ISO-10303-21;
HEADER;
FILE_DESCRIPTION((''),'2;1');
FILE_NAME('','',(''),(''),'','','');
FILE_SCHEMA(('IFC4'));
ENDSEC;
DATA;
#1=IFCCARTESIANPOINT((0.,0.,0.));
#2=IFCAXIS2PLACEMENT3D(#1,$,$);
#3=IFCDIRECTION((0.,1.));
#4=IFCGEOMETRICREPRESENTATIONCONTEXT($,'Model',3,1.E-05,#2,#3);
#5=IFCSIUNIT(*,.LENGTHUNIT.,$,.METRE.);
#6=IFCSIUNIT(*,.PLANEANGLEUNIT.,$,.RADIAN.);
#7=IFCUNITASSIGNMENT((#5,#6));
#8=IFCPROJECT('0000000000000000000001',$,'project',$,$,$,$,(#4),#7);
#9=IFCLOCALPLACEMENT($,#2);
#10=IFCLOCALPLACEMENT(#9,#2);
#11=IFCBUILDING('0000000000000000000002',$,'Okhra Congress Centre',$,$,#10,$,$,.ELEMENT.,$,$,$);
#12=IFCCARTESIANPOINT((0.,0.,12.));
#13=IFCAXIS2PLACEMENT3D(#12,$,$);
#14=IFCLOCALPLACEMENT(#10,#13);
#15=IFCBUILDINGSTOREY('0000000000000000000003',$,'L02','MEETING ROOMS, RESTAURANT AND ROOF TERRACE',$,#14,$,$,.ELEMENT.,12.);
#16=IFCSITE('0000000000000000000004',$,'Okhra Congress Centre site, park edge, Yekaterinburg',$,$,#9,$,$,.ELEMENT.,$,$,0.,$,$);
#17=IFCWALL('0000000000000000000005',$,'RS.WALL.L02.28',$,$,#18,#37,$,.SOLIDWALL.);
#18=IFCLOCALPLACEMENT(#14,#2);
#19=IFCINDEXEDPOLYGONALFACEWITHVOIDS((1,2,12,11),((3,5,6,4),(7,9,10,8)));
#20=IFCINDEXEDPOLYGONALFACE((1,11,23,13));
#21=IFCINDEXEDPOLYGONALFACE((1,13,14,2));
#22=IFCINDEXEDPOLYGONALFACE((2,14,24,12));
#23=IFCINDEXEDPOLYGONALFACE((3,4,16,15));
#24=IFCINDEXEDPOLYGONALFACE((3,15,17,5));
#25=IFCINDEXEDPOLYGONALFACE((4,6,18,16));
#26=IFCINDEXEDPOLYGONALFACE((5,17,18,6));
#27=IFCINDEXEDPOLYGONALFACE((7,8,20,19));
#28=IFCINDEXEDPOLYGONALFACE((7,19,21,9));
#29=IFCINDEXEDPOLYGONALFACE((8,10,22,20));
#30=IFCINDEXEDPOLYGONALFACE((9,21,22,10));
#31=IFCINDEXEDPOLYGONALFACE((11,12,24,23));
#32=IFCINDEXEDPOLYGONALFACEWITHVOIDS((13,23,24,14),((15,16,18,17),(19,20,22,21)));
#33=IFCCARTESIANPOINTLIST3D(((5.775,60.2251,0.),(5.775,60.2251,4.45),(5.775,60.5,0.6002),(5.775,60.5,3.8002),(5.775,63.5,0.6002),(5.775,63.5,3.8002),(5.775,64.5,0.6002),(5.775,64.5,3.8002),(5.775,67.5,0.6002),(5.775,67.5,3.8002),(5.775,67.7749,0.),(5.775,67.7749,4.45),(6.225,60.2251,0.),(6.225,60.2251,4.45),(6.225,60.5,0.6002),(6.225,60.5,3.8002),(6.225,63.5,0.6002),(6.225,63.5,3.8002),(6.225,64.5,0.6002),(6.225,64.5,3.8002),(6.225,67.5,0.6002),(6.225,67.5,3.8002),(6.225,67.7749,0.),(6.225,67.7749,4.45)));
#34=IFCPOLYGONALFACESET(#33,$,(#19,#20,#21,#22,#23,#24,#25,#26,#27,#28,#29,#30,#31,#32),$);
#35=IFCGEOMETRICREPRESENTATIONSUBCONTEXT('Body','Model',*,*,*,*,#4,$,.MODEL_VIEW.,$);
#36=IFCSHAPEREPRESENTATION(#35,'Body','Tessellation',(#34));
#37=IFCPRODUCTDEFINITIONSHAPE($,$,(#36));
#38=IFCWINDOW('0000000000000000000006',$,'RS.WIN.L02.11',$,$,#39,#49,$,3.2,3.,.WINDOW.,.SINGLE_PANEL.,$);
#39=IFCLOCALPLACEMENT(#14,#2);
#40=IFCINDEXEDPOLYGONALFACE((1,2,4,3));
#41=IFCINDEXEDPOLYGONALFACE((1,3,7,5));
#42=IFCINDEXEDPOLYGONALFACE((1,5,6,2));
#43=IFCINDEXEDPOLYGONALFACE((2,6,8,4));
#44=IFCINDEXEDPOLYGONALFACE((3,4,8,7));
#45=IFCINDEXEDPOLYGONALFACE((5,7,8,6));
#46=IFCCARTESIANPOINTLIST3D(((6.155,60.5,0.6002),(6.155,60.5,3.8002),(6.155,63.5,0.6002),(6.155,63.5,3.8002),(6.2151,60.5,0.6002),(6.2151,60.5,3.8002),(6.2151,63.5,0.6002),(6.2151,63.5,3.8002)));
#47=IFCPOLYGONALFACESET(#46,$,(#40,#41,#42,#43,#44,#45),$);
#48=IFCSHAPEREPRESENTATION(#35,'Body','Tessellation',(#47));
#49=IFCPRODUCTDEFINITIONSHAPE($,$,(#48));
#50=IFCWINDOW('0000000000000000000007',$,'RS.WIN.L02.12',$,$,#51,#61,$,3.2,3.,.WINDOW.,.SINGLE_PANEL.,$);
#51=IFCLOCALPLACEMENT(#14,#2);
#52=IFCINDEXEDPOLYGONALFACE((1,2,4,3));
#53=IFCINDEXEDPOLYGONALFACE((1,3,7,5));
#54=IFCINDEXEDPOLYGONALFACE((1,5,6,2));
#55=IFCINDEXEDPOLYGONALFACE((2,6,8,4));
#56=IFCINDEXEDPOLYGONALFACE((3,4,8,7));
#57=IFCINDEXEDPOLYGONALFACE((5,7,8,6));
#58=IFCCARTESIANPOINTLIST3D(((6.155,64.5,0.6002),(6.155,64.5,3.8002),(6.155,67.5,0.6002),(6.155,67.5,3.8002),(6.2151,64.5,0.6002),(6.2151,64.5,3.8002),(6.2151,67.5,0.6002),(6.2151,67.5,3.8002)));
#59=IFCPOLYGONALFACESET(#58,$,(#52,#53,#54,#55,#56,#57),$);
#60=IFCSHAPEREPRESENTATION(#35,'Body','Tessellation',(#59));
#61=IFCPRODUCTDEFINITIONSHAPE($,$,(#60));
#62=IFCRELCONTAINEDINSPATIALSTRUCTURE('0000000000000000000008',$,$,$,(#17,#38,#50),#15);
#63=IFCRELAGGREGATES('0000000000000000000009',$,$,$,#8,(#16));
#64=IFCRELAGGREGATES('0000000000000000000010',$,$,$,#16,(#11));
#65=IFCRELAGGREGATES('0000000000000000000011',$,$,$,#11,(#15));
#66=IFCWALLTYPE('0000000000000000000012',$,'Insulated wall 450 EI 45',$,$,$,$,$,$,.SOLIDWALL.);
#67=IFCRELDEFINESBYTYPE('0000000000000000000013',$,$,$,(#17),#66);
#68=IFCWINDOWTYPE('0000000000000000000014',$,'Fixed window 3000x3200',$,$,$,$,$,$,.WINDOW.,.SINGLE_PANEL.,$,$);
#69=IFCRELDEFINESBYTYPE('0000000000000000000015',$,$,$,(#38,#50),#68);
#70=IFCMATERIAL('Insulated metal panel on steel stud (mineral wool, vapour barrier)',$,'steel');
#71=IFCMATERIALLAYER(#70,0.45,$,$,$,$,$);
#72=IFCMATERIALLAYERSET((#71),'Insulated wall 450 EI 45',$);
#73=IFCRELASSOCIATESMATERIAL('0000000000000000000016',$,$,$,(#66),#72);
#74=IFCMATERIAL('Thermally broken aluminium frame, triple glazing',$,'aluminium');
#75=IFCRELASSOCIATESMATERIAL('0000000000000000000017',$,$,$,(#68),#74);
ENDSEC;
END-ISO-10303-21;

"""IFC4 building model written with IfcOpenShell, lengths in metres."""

from ifc_helpers import new_model, si_unit, direction, frame, frame_2d, origin, place, context, subcontext, project, spatial, rectangle, extrude, material, layer, layer_set, type_object, element, fill, save


model = new_model("IFC4")

# Units and contexts
model_context = context("Model", 3, precision=1e-05, world=origin(), true_north=direction((0.0, 1.0)))
body_context = subcontext(model_context, "Body", "Model", "MODEL_VIEW")
ifc_project = project(units=[si_unit("LENGTHUNIT", "METRE"), si_unit("PLANEANGLEUNIT", "RADIAN")], contexts=[model_context])

# Site, building, storey
site_placement = place(None, origin())
site = spatial("IfcSite", under=ifc_project, at=site_placement, Name="Okhra Congress Centre site, park edge, Yekaterinburg", CompositionType="ELEMENT", RefElevation=0.0)
building_placement = place(site_placement, origin())
building = spatial("IfcBuilding", under=site, at=building_placement, Name="Okhra Congress Centre", CompositionType="ELEMENT")
storey_placement = place(building_placement, frame((0.0, 0.0, 12.0)))
storey = spatial("IfcBuildingStorey", under=building, at=storey_placement, Name="L02", Description="MEETING ROOMS, RESTAURANT AND ROOF TERRACE", CompositionType="ELEMENT", Elevation=12.0)

# Wall, openings, windows
ifc_material_1 = material(Name="Insulated metal panel on steel stud (mineral wool, vapour barrier)", Category="steel")
ifc_layer_1 = layer(ifc_material_1, 0.45)
ifc_layer_set_1 = layer_set([ifc_layer_1], Name="Insulated wall 450 EI 45")
wall_type = type_object("IfcWallType", Name="Insulated wall 450 EI 45", PredefinedType="SOLIDWALL", material=ifc_layer_set_1)
wall_placement = place(storey_placement, frame((6.0, 67.7749, 0.0), z_axis=(0.0, 0.0, 1.0), x_axis=(0.0, -1.0, 0.0)))
wall = element("IfcWall", 1, at=wall_placement, inside=storey, type_object=wall_type, Name="RS.WALL.L02.28", PredefinedType="SOLIDWALL", context=body_context, shape_type="SweptSolid", body=[
    extrude(rectangle(XDim=7.5498, YDim=0.45, at=frame_2d((3.7749, 0.0))), origin(), (0.0, 0.0, 1.0), 4.45),
])
opening_1_placement = place(wall_placement, frame((4.2749, 0.0, 0.6001)))
opening_1 = element("IfcOpeningElement", 2, at=opening_1_placement, cuts=wall, PredefinedType="OPENING", context=body_context, shape_type="SweptSolid", body=[
    extrude(rectangle(XDim=3.0, YDim=3.2, at=frame_2d((1.5, 1.6001))), frame((0.0, 0.2349, 0.0), z_axis=(0.0, -1.0, 0.0), x_axis=(1.0, 0.0, 0.0)), (0.0, 0.0, 1.0), 0.47),
])
opening_2_placement = place(wall_placement, frame((0.2749, 0.0, 0.6001)))
opening_2 = element("IfcOpeningElement", 3, at=opening_2_placement, cuts=wall, PredefinedType="OPENING", context=body_context, shape_type="SweptSolid", body=[
    extrude(rectangle(XDim=3.0, YDim=3.2, at=frame_2d((1.5, 1.6001))), frame((0.0, 0.2349, 0.0), z_axis=(0.0, -1.0, 0.0), x_axis=(1.0, 0.0, 0.0)), (0.0, 0.0, 1.0), 0.47),
])
ifc_material_2 = material(Name="Thermally broken aluminium frame, triple glazing", Category="aluminium")
window_type = type_object("IfcWindowType", Name="Fixed window 3000x3200", PartitioningType="SINGLE_PANEL", PredefinedType="WINDOW", material=ifc_material_2)
window_1_placement = place(opening_1_placement, origin())
window_1 = element("IfcWindow", 4, at=window_1_placement, inside=storey, type_object=window_type, Name="RS.WIN.L02.11", OverallHeight=3.2, OverallWidth=3.0, PartitioningType="SINGLE_PANEL", PredefinedType="WINDOW", context=body_context, shape_type="SweptSolid", body=[
    extrude(rectangle(XDim=3.0, YDim=3.2, at=frame_2d((1.5, 1.6001))), frame((0.0, 0.2151, 0.0), z_axis=(0.0, -1.0, 0.0), x_axis=(1.0, 0.0, 0.0)), (0.0, 0.0, 1.0), 0.0601),
])
fill(opening_1, window_1)
window_2_placement = place(opening_2_placement, origin())
window_2 = element("IfcWindow", 5, at=window_2_placement, inside=storey, type_object=window_type, Name="RS.WIN.L02.12", OverallHeight=3.2, OverallWidth=3.0, PartitioningType="SINGLE_PANEL", PredefinedType="WINDOW", context=body_context, shape_type="SweptSolid", body=[
    extrude(rectangle(XDim=3.0, YDim=3.2, at=frame_2d((1.5, 1.6001))), frame((0.0, 0.2151, 0.0), z_axis=(0.0, -1.0, 0.0), x_axis=(1.0, 0.0, 0.0)), (0.0, 0.0, 1.0), 0.0601),
])
fill(opening_2, window_2)

save(model, "model.ifc")
